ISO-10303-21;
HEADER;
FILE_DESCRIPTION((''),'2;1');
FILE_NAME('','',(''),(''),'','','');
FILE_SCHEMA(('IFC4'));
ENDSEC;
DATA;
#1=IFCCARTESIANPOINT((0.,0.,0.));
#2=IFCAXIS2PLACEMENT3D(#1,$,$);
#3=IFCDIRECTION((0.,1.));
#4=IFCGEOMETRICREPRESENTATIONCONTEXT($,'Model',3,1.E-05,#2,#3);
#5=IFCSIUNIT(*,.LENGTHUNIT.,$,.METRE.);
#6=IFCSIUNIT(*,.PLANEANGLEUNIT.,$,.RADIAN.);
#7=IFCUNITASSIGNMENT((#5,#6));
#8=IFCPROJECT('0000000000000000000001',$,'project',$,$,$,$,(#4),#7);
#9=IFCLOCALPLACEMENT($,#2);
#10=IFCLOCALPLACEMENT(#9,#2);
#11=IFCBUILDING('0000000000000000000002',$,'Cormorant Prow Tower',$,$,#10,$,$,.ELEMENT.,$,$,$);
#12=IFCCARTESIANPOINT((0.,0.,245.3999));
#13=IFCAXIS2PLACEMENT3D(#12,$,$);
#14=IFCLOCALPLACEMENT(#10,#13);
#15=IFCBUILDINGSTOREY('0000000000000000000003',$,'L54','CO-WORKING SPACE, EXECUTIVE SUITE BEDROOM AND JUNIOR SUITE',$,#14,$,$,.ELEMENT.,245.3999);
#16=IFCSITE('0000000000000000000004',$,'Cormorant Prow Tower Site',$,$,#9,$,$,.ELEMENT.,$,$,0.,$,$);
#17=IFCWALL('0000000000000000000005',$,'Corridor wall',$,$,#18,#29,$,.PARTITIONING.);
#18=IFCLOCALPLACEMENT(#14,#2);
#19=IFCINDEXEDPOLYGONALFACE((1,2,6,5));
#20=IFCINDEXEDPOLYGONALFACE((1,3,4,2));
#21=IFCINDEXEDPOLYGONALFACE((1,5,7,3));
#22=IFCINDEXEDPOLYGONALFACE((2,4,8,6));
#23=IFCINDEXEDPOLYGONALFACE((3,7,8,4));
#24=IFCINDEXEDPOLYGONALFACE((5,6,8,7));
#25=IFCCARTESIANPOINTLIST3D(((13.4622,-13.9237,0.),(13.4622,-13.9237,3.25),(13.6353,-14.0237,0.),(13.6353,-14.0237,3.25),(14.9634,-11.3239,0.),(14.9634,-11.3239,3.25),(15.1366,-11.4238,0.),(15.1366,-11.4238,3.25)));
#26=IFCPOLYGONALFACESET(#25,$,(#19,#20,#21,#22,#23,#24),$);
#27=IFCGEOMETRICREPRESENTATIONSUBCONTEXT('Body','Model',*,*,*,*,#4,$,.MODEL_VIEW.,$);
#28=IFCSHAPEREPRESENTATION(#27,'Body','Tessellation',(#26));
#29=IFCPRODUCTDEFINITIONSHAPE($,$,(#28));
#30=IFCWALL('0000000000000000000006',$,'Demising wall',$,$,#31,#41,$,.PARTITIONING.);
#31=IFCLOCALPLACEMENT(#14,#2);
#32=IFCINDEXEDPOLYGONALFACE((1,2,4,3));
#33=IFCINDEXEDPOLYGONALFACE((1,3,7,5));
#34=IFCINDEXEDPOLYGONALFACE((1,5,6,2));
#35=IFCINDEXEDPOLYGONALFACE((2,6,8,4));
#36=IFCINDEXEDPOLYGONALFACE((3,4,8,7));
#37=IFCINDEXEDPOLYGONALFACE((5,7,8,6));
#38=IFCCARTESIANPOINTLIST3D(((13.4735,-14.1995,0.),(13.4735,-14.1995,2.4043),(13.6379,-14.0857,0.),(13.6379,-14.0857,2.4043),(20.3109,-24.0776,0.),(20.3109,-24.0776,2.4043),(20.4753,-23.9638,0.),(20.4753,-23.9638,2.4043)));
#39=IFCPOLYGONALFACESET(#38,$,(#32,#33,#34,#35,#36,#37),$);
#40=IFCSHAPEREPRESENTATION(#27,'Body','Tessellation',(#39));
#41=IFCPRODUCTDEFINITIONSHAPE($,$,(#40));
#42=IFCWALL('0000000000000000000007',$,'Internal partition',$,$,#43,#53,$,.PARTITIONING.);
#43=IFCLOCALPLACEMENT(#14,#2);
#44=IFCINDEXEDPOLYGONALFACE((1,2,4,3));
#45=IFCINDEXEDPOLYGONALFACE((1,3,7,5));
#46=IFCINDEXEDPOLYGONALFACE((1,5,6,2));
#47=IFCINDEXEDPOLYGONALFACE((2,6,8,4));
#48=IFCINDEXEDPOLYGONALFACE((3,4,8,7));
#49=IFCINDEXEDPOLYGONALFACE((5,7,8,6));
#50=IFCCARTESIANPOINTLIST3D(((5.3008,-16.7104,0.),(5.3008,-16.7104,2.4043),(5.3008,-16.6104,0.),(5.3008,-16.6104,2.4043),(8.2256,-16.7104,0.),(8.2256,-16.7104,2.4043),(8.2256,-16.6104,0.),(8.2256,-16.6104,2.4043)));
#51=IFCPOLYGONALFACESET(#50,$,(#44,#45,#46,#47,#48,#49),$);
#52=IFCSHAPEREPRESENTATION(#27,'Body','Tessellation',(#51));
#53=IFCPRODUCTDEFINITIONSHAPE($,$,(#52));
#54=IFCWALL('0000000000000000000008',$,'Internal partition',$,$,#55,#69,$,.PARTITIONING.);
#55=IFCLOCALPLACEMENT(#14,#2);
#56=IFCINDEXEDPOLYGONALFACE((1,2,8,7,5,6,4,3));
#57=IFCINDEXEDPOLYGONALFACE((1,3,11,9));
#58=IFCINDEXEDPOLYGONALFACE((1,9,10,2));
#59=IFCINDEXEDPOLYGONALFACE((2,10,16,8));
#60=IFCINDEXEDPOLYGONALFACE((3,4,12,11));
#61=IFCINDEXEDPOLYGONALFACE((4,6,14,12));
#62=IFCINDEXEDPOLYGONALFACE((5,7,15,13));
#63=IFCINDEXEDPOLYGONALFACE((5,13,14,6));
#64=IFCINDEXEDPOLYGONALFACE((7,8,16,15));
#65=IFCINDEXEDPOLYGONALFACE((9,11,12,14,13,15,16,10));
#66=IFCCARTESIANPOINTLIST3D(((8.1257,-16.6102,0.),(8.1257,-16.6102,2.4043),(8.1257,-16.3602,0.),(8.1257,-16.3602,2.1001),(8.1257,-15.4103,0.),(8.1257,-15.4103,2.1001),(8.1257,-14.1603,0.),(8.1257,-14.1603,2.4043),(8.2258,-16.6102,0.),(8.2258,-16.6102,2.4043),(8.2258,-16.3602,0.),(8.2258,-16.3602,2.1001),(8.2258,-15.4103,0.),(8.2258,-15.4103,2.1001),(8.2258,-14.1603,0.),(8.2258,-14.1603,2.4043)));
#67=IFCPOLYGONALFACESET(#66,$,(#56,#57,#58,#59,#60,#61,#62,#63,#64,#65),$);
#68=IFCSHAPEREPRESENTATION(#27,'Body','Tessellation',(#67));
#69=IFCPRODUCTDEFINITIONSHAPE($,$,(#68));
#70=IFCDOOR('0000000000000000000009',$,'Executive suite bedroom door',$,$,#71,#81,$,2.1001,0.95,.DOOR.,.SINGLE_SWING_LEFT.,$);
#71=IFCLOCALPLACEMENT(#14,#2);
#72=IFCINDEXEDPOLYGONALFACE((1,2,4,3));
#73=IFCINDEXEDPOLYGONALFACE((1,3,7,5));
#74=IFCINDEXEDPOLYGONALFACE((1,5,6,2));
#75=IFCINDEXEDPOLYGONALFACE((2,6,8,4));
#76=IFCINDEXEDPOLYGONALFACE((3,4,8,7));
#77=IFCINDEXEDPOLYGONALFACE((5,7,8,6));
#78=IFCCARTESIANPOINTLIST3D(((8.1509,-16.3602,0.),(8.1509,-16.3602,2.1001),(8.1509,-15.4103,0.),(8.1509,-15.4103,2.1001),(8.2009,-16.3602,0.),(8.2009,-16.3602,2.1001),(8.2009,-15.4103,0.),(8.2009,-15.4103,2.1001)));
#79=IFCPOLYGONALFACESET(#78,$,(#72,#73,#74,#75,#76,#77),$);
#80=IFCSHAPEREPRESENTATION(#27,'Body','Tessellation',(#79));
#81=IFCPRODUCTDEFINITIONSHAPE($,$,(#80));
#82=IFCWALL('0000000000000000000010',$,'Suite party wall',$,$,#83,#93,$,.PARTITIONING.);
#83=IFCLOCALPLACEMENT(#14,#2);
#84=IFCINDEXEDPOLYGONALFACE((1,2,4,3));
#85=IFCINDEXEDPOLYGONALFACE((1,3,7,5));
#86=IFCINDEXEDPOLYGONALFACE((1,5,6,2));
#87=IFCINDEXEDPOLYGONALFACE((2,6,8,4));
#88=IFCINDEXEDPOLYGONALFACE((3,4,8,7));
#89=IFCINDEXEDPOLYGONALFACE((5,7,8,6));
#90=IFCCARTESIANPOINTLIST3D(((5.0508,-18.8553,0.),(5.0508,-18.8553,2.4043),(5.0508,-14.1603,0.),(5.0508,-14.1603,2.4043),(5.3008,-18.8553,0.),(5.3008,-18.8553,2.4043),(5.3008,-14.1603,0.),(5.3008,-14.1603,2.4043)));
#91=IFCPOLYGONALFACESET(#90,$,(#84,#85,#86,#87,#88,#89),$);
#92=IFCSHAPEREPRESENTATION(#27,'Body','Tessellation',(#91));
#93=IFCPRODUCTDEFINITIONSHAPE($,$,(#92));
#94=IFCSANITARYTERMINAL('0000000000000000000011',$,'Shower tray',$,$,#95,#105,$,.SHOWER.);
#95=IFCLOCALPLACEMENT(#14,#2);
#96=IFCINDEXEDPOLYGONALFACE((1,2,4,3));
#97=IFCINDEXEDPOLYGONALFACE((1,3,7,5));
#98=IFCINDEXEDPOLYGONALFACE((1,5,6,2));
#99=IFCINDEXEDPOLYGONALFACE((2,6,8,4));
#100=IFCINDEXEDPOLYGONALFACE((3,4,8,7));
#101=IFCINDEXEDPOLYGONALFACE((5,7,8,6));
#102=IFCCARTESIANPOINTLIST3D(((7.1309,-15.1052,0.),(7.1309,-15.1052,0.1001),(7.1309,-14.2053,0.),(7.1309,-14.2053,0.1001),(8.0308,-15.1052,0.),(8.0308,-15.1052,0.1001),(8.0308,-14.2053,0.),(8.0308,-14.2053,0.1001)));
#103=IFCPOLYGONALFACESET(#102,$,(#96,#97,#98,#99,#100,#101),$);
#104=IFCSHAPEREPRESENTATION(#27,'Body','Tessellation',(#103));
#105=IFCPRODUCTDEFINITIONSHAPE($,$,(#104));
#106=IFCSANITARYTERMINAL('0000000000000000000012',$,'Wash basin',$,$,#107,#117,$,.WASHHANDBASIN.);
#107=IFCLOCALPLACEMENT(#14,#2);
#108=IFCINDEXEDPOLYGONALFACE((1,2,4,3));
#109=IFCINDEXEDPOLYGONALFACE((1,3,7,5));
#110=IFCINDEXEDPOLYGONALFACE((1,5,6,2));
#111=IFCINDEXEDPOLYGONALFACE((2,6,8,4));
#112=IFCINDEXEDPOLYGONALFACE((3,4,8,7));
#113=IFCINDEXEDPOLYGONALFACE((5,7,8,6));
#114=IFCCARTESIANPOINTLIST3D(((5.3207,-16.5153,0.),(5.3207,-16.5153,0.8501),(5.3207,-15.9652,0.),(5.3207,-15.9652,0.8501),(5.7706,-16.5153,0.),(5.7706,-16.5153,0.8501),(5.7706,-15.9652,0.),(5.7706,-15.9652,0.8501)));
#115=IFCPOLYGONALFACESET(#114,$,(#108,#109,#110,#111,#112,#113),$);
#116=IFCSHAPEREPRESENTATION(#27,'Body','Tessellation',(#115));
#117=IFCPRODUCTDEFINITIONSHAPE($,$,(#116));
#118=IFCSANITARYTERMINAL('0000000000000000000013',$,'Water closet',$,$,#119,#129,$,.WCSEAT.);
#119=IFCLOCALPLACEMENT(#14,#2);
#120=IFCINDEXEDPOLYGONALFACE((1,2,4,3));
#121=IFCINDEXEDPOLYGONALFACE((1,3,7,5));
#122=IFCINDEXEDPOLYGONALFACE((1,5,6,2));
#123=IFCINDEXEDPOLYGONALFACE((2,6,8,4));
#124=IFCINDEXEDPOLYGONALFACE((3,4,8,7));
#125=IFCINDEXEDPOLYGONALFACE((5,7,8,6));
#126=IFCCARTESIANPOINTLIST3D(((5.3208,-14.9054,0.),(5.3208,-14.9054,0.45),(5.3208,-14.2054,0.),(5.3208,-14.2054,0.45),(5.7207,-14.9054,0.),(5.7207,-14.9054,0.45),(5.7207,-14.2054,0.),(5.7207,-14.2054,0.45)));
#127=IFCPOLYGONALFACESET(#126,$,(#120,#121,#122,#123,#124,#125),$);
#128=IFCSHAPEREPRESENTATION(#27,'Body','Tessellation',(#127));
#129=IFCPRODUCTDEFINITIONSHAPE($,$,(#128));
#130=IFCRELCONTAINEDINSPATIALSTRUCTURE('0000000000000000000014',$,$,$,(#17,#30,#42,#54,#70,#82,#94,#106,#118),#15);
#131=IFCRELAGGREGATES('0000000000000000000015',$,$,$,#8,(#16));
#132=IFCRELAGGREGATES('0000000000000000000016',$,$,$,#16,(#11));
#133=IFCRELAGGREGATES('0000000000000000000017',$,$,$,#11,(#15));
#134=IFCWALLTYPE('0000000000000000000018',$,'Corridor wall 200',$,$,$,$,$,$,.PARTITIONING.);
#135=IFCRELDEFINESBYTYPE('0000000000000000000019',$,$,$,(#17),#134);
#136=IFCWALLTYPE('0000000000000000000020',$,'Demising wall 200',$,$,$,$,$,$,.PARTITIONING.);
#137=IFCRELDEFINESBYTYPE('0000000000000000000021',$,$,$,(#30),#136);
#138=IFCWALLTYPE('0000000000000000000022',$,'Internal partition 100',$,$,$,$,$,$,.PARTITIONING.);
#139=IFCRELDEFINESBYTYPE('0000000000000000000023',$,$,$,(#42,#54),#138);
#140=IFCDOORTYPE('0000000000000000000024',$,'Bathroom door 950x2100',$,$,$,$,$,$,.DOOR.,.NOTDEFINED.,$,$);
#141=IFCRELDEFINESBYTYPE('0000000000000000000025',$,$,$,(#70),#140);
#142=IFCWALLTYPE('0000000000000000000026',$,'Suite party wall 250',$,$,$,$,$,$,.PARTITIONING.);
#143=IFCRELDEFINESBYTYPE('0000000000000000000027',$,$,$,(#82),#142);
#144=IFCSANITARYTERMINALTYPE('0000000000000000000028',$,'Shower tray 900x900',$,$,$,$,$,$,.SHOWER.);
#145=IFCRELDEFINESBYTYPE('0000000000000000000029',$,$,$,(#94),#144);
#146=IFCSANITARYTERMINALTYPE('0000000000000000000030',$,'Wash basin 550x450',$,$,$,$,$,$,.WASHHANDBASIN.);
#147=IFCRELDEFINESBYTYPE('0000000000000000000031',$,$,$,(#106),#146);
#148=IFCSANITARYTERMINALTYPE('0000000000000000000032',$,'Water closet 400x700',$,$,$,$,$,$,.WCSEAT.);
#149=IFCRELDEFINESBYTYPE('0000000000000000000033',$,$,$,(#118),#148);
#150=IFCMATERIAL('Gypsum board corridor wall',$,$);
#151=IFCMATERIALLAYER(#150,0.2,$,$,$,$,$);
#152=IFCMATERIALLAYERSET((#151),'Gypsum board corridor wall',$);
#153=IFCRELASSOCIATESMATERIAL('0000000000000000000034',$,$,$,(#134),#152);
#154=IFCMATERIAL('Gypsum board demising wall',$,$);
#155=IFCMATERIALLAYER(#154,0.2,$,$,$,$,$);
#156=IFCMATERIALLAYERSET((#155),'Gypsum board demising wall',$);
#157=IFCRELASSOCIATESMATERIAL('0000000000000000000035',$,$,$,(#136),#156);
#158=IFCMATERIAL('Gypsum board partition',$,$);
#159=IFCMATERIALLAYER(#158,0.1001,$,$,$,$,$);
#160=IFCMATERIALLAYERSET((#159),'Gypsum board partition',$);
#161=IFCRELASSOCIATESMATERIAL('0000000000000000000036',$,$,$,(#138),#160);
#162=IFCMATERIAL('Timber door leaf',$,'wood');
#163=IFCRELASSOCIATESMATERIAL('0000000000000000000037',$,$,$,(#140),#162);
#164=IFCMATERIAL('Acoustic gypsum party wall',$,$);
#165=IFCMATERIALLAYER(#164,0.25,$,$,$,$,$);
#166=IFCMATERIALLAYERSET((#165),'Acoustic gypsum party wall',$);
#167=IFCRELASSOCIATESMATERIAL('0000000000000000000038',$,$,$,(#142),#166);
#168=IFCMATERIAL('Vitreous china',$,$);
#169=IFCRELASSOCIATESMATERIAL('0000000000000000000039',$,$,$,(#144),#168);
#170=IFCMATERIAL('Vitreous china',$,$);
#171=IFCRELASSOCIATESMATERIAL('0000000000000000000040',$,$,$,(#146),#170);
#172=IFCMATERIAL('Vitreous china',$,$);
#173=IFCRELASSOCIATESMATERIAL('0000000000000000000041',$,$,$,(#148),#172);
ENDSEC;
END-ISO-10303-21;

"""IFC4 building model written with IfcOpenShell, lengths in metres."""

from ifc_helpers import new_model, si_unit, direction, frame, frame_2d, origin, origin_2d, place, context, subcontext, project, spatial, rectangle, extrude, material, layer, layer_set, type_object, element, fill, save


model = new_model("IFC4")

# Units and contexts
model_context = context("Model", 3, precision=1e-05, world=origin(), true_north=direction((0.0, 1.0)))
body_context = subcontext(model_context, "Body", "Model", "MODEL_VIEW")
ifc_project = project(units=[si_unit("LENGTHUNIT", "METRE"), si_unit("PLANEANGLEUNIT", "RADIAN")], contexts=[model_context])

# Site, building, storey
site_placement = place(None, origin())
site = spatial("IfcSite", under=ifc_project, at=site_placement, Name="Cormorant Prow Tower Site", CompositionType="ELEMENT", RefElevation=0.0)
building_placement = place(site_placement, origin())
building = spatial("IfcBuilding", under=site, at=building_placement, Name="Cormorant Prow Tower", CompositionType="ELEMENT")
storey_placement = place(building_placement, frame((0.0, 0.0, 245.3999)))
storey = spatial("IfcBuildingStorey", under=building, at=storey_placement, Name="L54", Description="CO-WORKING SPACE, EXECUTIVE SUITE BEDROOM AND JUNIOR SUITE", CompositionType="ELEMENT", Elevation=245.3999)

# Walls
ifc_material_1 = material(Name="Gypsum board corridor wall")
ifc_layer_1 = layer(ifc_material_1, 0.2)
ifc_layer_set_1 = layer_set([ifc_layer_1], Name="Gypsum board corridor wall")
wall_type_1 = type_object("IfcWallType", Name="Corridor wall 200", PredefinedType="PARTITIONING", material=ifc_layer_set_1)
wall_1_placement = place(storey_placement, frame((13.5488, -13.9736, 0.0), z_axis=(0.0, 0.0, 1.0), x_axis=(0.500049, 0.865997, 0.0)))
element("IfcWall", 1, at=wall_1_placement, inside=storey, type_object=wall_type_1, Name="Corridor wall", PredefinedType="PARTITIONING", context=body_context, shape_type="SweptSolid", body=[
    extrude(rectangle(XDim=3.0022, YDim=0.2, at=frame_2d((1.501, 0.0))), origin(), (0.0, 0.0, 1.0), 3.25),
])
ifc_material_2 = material(Name="Gypsum board demising wall")
ifc_layer_2 = layer(ifc_material_2, 0.2)
ifc_layer_set_2 = layer_set([ifc_layer_2], Name="Gypsum board demising wall")
wall_type_2 = type_object("IfcWallType", Name="Demising wall 200", PredefinedType="PARTITIONING", material=ifc_layer_set_2)
wall_2_placement = place(storey_placement, frame((13.5557, -14.1426, 0.0), z_axis=(0.0, 0.0, 1.0), x_axis=(0.569135, -0.822244, 0.0)))
element("IfcWall", 2, at=wall_2_placement, inside=storey, type_object=wall_type_2, Name="Demising wall", PredefinedType="PARTITIONING", context=body_context, shape_type="SweptSolid", body=[
    extrude(rectangle(XDim=12.0137, YDim=0.2, at=frame_2d((6.0068, 0.0))), origin(), (0.0, 0.0, 1.0), 2.4043),
])
ifc_material_3 = material(Name="Gypsum board partition")
ifc_layer_3 = layer(ifc_material_3, 0.1001)
ifc_layer_set_3 = layer_set([ifc_layer_3], Name="Gypsum board partition")
wall_type_3 = type_object("IfcWallType", Name="Internal partition 100", PredefinedType="PARTITIONING", material=ifc_layer_set_3)
wall_3_placement = place(storey_placement, frame((5.3008, -16.6604, 0.0), z_axis=(0.0, 0.0, 1.0), x_axis=(1.0, 0.0, 0.0)))
element("IfcWall", 3, at=wall_3_placement, inside=storey, type_object=wall_type_3, Name="Internal partition", PredefinedType="PARTITIONING", context=body_context, shape_type="SweptSolid", body=[
    extrude(rectangle(XDim=2.9248, YDim=0.1001, at=frame_2d((1.4624, 0.0))), origin(), (0.0, 0.0, 1.0), 2.4043),
])

# Wall, opening, door
wall_4_placement = place(storey_placement, frame((8.1758, -16.6104, 0.0), z_axis=(0.0, 0.0, 1.0), x_axis=(0.0, 1.0, 0.0)))
wall_4 = element("IfcWall", 4, at=wall_4_placement, inside=storey, type_object=wall_type_3, Name="Internal partition", PredefinedType="PARTITIONING", context=body_context, shape_type="SweptSolid", body=[
    extrude(rectangle(XDim=2.45, YDim=0.1001, at=frame_2d((1.2251, 0.0))), origin(), (0.0, 0.0, 1.0), 2.4043),
])
opening_1_placement = place(wall_4_placement, frame((0.25, 0.0, 0.0)))
opening_1 = element("IfcOpeningElement", 5, at=opening_1_placement, cuts=wall_4, PredefinedType="OPENING", context=body_context, shape_type="SweptSolid", body=[
    extrude(rectangle(XDim=0.95, YDim=2.1001, at=frame_2d((0.4751, 1.05))), frame((0.0, 0.0601, 0.0), z_axis=(0.0, -1.0, 0.0), x_axis=(1.0, 0.0, 0.0)), (0.0, 0.0, 1.0), 0.1201),
])
ifc_material_4 = material(Name="Timber door leaf", Category="wood")
door_type_1 = type_object("IfcDoorType", Name="Bathroom door 950x2100", OperationType="NOTDEFINED", PredefinedType="DOOR", material=ifc_material_4)
door_1_placement = place(opening_1_placement, origin())
door_1 = element("IfcDoor", 6, at=door_1_placement, inside=storey, type_object=door_type_1, Name="Executive suite bedroom door", OperationType="SINGLE_SWING_LEFT", OverallHeight=2.1001, OverallWidth=0.95, PredefinedType="DOOR", context=body_context, shape_type="SweptSolid", body=[
    extrude(rectangle(XDim=0.95, YDim=2.1001, at=frame_2d((0.4751, 1.05))), frame((0.0, 0.0249, 0.0), z_axis=(0.0, -1.0, 0.0), x_axis=(1.0, 0.0, 0.0)), (0.0, 0.0, 1.0), 0.05),
])
fill(opening_1, door_1)

# Wall
ifc_material_5 = material(Name="Acoustic gypsum party wall")
ifc_layer_4 = layer(ifc_material_5, 0.25)
ifc_layer_set_4 = layer_set([ifc_layer_4], Name="Acoustic gypsum party wall")
wall_type_4 = type_object("IfcWallType", Name="Suite party wall 250", PredefinedType="PARTITIONING", material=ifc_layer_set_4)
wall_5_placement = place(storey_placement, frame((5.1758, -18.8555, 0.0), z_axis=(0.0, 0.0, 1.0), x_axis=(0.0, 1.0, 0.0)))
element("IfcWall", 7, at=wall_5_placement, inside=storey, type_object=wall_type_4, Name="Suite party wall", PredefinedType="PARTITIONING", context=body_context, shape_type="SweptSolid", body=[
    extrude(rectangle(XDim=4.6951, YDim=0.25, at=frame_2d((2.3477, 0.0))), origin(), (0.0, 0.0, 1.0), 2.4043),
])

# Sanitary terminals
ifc_material_6 = material(Name="Vitreous china")
sanitary_terminal_type_1 = type_object("IfcSanitaryTerminalType", Name="Shower tray 900x900", PredefinedType="SHOWER", material=ifc_material_6)
sanitary_terminal_1_placement = place(storey_placement, frame((7.5808, -14.6553, 0.0), z_axis=(0.0, 0.0, 1.0), x_axis=(0.0, -1.0, 0.0)))
element("IfcSanitaryTerminal", 8, at=sanitary_terminal_1_placement, inside=storey, type_object=sanitary_terminal_type_1, Name="Shower tray", PredefinedType="SHOWER", context=body_context, shape_type="SweptSolid", body=[
    extrude(rectangle(XDim=0.8999, YDim=0.8999, at=origin_2d()), origin(), (0.0, 0.0, 1.0), 0.1001),
])
ifc_material_7 = material(Name="Vitreous china")
sanitary_terminal_type_2 = type_object("IfcSanitaryTerminalType", Name="Wash basin 550x450", PredefinedType="WASHHANDBASIN", material=ifc_material_7)
sanitary_terminal_2_placement = place(storey_placement, frame((5.5457, -16.2402, 0.0), z_axis=(0.0, 0.0, 1.0), x_axis=(0.0, 1.0, 0.0)))
element("IfcSanitaryTerminal", 9, at=sanitary_terminal_2_placement, inside=storey, type_object=sanitary_terminal_type_2, Name="Wash basin", PredefinedType="WASHHANDBASIN", context=body_context, shape_type="SweptSolid", body=[
    extrude(rectangle(XDim=0.55, YDim=0.45, at=origin_2d()), origin(), (0.0, 0.0, 1.0), 0.8501),
])
ifc_material_8 = material(Name="Vitreous china")
sanitary_terminal_type_3 = type_object("IfcSanitaryTerminalType", Name="Water closet 400x700", PredefinedType="WCSEAT", material=ifc_material_8)
sanitary_terminal_3_placement = place(storey_placement, frame((5.5208, -14.5554, 0.0), z_axis=(0.0, 0.0, 1.0), x_axis=(1.0, 0.0, 0.0)))
element("IfcSanitaryTerminal", 10, at=sanitary_terminal_3_placement, inside=storey, type_object=sanitary_terminal_type_3, Name="Water closet", PredefinedType="WCSEAT", context=body_context, shape_type="SweptSolid", body=[
    extrude(rectangle(XDim=0.3999, YDim=0.7, at=origin_2d()), origin(), (0.0, 0.0, 1.0), 0.45),
])

save(model, "model.ifc")
